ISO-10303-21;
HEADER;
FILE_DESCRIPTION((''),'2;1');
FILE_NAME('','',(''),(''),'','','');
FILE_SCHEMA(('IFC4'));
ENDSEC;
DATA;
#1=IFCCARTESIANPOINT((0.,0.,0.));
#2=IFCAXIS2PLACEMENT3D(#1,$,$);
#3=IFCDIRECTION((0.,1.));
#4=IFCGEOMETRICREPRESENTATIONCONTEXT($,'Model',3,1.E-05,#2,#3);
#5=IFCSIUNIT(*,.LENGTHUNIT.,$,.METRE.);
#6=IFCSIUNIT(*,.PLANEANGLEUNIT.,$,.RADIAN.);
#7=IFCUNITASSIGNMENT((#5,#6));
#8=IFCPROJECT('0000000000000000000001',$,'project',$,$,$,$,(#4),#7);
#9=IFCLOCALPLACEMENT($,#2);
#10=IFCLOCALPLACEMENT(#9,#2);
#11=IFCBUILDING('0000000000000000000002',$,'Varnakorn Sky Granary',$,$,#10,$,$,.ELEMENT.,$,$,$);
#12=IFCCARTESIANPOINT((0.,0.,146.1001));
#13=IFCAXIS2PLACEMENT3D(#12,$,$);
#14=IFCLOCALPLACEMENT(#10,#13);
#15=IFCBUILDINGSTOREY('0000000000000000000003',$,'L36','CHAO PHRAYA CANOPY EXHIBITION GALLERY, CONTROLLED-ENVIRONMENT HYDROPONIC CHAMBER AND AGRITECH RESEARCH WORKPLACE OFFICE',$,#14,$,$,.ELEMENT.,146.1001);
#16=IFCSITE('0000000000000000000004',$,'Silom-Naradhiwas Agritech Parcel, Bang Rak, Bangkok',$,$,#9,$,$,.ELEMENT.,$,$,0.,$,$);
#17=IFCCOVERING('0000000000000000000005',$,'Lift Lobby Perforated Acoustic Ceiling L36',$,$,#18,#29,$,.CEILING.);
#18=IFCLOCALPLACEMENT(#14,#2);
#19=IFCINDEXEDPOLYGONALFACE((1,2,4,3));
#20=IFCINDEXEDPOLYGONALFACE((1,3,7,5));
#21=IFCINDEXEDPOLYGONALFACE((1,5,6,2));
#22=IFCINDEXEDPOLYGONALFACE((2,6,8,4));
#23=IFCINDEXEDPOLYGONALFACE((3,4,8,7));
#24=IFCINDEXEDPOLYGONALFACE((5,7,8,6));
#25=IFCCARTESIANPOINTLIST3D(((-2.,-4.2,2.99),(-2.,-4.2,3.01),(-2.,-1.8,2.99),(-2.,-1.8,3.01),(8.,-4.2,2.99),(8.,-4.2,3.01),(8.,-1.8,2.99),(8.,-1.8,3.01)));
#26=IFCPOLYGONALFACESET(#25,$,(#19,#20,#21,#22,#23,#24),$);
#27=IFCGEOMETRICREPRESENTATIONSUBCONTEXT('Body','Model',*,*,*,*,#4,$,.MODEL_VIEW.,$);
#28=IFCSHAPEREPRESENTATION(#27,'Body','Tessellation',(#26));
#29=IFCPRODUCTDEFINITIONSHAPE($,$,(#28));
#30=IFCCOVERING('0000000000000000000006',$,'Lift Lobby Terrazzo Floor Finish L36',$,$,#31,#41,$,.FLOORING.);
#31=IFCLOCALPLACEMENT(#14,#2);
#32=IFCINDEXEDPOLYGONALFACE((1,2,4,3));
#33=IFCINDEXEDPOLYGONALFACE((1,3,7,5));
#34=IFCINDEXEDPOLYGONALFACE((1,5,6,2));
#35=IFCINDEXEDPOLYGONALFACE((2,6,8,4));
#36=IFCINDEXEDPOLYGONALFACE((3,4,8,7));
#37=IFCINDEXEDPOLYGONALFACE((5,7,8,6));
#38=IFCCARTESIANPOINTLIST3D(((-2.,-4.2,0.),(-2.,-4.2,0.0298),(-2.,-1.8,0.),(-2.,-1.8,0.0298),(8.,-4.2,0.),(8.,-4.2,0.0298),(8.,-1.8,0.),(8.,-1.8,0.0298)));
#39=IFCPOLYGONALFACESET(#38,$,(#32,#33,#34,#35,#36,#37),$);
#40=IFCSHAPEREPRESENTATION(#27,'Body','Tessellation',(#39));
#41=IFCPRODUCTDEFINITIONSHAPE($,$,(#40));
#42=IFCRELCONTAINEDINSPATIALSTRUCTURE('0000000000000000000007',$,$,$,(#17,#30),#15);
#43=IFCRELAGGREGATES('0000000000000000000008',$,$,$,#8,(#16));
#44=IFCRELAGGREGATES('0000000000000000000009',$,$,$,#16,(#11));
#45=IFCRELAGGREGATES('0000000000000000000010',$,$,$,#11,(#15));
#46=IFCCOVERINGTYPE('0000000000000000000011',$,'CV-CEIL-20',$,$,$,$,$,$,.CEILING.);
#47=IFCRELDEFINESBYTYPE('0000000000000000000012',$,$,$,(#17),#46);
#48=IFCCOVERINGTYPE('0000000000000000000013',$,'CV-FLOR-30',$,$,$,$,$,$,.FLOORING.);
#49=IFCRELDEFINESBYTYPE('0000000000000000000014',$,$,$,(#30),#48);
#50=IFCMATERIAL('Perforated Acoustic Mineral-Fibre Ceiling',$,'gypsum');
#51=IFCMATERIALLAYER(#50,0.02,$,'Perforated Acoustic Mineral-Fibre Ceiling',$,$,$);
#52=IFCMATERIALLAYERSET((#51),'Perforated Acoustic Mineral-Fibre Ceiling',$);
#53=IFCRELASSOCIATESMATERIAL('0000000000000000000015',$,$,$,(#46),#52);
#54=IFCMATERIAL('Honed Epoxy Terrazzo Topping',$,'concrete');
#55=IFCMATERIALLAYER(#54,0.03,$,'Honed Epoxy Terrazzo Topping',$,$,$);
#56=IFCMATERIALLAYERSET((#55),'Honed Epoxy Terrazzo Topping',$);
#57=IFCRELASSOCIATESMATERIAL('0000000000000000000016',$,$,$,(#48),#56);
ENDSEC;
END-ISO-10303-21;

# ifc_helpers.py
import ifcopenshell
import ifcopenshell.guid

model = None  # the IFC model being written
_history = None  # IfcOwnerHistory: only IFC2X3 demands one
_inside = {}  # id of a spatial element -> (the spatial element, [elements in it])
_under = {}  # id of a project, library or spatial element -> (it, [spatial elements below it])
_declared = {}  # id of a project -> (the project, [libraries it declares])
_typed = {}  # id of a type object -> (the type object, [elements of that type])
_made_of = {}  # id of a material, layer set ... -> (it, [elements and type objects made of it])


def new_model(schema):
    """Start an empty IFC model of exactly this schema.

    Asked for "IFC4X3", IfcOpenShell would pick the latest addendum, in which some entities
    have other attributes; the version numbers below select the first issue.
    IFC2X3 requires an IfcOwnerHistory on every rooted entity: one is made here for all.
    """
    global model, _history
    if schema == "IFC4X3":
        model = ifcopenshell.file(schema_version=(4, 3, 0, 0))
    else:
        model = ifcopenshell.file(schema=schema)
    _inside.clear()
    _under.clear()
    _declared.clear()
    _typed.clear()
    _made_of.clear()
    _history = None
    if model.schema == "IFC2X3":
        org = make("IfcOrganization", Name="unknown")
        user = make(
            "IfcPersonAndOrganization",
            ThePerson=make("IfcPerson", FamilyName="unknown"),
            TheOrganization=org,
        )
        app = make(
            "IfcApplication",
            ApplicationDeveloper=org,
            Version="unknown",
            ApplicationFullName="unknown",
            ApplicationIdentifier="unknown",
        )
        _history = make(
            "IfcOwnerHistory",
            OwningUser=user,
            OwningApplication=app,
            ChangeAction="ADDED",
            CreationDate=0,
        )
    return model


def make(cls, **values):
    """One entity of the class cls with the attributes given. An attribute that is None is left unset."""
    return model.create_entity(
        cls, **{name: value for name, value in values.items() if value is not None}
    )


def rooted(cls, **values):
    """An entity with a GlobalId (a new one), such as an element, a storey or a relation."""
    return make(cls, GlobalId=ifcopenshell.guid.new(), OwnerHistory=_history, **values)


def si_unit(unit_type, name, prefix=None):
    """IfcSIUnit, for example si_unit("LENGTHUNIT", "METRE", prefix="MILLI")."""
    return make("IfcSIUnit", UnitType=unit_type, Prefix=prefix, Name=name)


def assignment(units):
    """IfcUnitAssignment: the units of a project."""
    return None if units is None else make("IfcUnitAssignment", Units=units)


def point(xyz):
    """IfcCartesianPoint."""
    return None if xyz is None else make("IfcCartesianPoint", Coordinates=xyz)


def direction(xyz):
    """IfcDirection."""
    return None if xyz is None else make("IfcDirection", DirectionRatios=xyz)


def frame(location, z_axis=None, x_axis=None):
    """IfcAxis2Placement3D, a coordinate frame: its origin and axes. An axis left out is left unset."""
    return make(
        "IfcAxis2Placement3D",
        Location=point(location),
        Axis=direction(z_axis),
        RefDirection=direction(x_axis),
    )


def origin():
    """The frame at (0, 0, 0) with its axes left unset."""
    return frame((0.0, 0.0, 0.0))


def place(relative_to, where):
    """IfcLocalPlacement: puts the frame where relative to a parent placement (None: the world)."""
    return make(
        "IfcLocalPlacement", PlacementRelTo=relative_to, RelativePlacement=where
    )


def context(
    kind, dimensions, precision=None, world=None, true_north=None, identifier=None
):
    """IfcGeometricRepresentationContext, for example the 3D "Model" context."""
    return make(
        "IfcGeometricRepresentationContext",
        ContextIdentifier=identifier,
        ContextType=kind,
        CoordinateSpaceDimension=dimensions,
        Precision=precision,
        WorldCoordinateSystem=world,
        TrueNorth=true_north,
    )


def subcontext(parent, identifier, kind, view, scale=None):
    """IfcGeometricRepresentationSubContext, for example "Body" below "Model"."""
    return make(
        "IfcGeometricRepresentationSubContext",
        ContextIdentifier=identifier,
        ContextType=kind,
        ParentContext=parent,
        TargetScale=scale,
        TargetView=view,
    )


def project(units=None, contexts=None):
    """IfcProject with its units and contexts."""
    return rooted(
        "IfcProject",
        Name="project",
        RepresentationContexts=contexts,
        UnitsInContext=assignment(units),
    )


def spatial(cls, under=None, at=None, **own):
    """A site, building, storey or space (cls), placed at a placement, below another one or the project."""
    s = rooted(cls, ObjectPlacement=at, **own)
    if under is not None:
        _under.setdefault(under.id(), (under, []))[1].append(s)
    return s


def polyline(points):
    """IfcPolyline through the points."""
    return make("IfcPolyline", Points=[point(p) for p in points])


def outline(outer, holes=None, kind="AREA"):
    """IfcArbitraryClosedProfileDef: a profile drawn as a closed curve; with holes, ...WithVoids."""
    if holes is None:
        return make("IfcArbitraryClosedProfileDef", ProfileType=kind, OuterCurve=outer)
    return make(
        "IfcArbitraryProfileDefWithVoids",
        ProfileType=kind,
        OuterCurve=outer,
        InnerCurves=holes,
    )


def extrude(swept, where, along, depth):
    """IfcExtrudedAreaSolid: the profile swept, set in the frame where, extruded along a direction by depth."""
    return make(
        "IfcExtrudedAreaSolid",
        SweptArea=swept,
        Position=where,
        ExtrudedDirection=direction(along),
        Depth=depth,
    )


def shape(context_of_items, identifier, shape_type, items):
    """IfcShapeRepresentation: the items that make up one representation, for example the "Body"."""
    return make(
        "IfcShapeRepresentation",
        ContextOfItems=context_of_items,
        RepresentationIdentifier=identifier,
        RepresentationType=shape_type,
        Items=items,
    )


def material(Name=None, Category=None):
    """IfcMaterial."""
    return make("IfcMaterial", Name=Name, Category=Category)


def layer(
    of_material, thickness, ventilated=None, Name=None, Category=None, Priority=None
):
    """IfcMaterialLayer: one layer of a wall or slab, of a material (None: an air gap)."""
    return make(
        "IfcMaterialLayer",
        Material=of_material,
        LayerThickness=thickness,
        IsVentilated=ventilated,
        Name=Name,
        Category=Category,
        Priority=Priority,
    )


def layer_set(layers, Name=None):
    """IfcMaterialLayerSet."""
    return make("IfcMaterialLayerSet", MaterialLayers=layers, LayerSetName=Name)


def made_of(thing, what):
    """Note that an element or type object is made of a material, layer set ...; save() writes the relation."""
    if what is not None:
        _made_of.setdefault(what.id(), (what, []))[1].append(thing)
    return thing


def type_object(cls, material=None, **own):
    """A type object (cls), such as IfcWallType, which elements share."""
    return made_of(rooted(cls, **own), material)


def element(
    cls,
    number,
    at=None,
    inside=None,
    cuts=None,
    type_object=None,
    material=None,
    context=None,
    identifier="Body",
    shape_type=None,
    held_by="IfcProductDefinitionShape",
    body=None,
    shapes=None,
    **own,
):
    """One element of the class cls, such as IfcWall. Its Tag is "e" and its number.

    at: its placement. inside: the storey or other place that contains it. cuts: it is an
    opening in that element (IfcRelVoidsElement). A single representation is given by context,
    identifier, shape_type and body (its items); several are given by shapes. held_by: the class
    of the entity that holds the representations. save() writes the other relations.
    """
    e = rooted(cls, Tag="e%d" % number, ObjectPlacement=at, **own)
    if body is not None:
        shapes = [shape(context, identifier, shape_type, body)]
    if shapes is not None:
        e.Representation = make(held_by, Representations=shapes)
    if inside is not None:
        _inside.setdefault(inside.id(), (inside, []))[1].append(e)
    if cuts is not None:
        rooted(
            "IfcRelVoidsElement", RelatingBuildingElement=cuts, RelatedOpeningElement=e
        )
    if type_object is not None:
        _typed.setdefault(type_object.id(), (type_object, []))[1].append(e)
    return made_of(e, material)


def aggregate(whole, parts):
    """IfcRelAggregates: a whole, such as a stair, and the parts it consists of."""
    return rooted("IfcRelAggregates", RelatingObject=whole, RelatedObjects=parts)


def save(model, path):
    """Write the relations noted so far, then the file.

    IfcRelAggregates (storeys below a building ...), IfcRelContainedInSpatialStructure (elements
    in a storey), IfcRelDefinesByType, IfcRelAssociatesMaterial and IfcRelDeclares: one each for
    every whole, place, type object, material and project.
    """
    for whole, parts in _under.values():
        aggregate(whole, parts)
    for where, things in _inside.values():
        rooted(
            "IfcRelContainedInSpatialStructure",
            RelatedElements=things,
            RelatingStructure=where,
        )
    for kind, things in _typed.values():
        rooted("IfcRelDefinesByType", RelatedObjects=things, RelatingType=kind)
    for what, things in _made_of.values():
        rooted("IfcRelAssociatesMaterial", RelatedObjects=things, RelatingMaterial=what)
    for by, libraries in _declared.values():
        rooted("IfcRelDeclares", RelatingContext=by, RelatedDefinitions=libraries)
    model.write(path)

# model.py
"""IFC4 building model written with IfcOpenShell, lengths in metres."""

from ifc_helpers import new_model, si_unit, direction, frame, origin, place, context, subcontext, project, spatial, polyline, outline, extrude, material, layer, layer_set, type_object, element, save


model = new_model("IFC4")

# Units and contexts
model_context = context("Model", 3, precision=1e-05, world=origin(), true_north=direction((0.0, 1.0)))
body_context = subcontext(model_context, "Body", "Model", "MODEL_VIEW")
ifc_project = project(units=[si_unit("LENGTHUNIT", "METRE"), si_unit("PLANEANGLEUNIT", "RADIAN")], contexts=[model_context])

# Site, building, storey
site_placement = place(None, origin())
site = spatial("IfcSite", under=ifc_project, at=site_placement, Name="Silom-Naradhiwas Agritech Parcel, Bang Rak, Bangkok", CompositionType="ELEMENT", RefElevation=0.0)
building_placement = place(site_placement, origin())
building = spatial("IfcBuilding", under=site, at=building_placement, Name="Varnakorn Sky Granary", CompositionType="ELEMENT")
storey_placement = place(building_placement, frame((0.0, 0.0, 146.1001)))
storey = spatial("IfcBuildingStorey", under=building, at=storey_placement, Name="L36", Description="CHAO PHRAYA CANOPY EXHIBITION GALLERY, CONTROLLED-ENVIRONMENT HYDROPONIC CHAMBER AND AGRITECH RESEARCH WORKPLACE OFFICE", CompositionType="ELEMENT", Elevation=146.1001)

# Coverings
ifc_material_1 = material(Name="Perforated Acoustic Mineral-Fibre Ceiling", Category="gypsum")
ifc_layer_1 = layer(ifc_material_1, 0.02, Name="Perforated Acoustic Mineral-Fibre Ceiling")
ifc_layer_set_1 = layer_set([ifc_layer_1], Name="Perforated Acoustic Mineral-Fibre Ceiling")
covering_type_1 = type_object("IfcCoveringType", Name="CV-CEIL-20", PredefinedType="CEILING", material=ifc_layer_set_1)
covering_1_placement = place(storey_placement, frame((0.0, 0.0, 2.99)))
element("IfcCovering", 1, at=covering_1_placement, inside=storey, type_object=covering_type_1, Name="Lift Lobby Perforated Acoustic Ceiling L36", PredefinedType="CEILING", context=body_context, shape_type="SweptSolid", body=[
    extrude(outline(polyline([(-2.0, -4.2), (8.0, -4.2), (8.0, -1.8), (-2.0, -1.8), (-2.0, -4.2)])), origin(), (0.0, 0.0, 1.0), 0.02),
])
ifc_material_2 = material(Name="Honed Epoxy Terrazzo Topping", Category="concrete")
ifc_layer_2 = layer(ifc_material_2, 0.03, Name="Honed Epoxy Terrazzo Topping")
ifc_layer_set_2 = layer_set([ifc_layer_2], Name="Honed Epoxy Terrazzo Topping")
covering_type_2 = type_object("IfcCoveringType", Name="CV-FLOR-30", PredefinedType="FLOORING", material=ifc_layer_set_2)
covering_2_placement = place(storey_placement, origin())
element("IfcCovering", 2, at=covering_2_placement, inside=storey, type_object=covering_type_2, Name="Lift Lobby Terrazzo Floor Finish L36", PredefinedType="FLOORING", context=body_context, shape_type="SweptSolid", body=[
    extrude(outline(polyline([(-2.0, -4.2), (8.0, -4.2), (8.0, -1.8), (-2.0, -1.8), (-2.0, -4.2)])), origin(), (0.0, 0.0, 1.0), 0.0298),
])

save(model, "model.ifc")
